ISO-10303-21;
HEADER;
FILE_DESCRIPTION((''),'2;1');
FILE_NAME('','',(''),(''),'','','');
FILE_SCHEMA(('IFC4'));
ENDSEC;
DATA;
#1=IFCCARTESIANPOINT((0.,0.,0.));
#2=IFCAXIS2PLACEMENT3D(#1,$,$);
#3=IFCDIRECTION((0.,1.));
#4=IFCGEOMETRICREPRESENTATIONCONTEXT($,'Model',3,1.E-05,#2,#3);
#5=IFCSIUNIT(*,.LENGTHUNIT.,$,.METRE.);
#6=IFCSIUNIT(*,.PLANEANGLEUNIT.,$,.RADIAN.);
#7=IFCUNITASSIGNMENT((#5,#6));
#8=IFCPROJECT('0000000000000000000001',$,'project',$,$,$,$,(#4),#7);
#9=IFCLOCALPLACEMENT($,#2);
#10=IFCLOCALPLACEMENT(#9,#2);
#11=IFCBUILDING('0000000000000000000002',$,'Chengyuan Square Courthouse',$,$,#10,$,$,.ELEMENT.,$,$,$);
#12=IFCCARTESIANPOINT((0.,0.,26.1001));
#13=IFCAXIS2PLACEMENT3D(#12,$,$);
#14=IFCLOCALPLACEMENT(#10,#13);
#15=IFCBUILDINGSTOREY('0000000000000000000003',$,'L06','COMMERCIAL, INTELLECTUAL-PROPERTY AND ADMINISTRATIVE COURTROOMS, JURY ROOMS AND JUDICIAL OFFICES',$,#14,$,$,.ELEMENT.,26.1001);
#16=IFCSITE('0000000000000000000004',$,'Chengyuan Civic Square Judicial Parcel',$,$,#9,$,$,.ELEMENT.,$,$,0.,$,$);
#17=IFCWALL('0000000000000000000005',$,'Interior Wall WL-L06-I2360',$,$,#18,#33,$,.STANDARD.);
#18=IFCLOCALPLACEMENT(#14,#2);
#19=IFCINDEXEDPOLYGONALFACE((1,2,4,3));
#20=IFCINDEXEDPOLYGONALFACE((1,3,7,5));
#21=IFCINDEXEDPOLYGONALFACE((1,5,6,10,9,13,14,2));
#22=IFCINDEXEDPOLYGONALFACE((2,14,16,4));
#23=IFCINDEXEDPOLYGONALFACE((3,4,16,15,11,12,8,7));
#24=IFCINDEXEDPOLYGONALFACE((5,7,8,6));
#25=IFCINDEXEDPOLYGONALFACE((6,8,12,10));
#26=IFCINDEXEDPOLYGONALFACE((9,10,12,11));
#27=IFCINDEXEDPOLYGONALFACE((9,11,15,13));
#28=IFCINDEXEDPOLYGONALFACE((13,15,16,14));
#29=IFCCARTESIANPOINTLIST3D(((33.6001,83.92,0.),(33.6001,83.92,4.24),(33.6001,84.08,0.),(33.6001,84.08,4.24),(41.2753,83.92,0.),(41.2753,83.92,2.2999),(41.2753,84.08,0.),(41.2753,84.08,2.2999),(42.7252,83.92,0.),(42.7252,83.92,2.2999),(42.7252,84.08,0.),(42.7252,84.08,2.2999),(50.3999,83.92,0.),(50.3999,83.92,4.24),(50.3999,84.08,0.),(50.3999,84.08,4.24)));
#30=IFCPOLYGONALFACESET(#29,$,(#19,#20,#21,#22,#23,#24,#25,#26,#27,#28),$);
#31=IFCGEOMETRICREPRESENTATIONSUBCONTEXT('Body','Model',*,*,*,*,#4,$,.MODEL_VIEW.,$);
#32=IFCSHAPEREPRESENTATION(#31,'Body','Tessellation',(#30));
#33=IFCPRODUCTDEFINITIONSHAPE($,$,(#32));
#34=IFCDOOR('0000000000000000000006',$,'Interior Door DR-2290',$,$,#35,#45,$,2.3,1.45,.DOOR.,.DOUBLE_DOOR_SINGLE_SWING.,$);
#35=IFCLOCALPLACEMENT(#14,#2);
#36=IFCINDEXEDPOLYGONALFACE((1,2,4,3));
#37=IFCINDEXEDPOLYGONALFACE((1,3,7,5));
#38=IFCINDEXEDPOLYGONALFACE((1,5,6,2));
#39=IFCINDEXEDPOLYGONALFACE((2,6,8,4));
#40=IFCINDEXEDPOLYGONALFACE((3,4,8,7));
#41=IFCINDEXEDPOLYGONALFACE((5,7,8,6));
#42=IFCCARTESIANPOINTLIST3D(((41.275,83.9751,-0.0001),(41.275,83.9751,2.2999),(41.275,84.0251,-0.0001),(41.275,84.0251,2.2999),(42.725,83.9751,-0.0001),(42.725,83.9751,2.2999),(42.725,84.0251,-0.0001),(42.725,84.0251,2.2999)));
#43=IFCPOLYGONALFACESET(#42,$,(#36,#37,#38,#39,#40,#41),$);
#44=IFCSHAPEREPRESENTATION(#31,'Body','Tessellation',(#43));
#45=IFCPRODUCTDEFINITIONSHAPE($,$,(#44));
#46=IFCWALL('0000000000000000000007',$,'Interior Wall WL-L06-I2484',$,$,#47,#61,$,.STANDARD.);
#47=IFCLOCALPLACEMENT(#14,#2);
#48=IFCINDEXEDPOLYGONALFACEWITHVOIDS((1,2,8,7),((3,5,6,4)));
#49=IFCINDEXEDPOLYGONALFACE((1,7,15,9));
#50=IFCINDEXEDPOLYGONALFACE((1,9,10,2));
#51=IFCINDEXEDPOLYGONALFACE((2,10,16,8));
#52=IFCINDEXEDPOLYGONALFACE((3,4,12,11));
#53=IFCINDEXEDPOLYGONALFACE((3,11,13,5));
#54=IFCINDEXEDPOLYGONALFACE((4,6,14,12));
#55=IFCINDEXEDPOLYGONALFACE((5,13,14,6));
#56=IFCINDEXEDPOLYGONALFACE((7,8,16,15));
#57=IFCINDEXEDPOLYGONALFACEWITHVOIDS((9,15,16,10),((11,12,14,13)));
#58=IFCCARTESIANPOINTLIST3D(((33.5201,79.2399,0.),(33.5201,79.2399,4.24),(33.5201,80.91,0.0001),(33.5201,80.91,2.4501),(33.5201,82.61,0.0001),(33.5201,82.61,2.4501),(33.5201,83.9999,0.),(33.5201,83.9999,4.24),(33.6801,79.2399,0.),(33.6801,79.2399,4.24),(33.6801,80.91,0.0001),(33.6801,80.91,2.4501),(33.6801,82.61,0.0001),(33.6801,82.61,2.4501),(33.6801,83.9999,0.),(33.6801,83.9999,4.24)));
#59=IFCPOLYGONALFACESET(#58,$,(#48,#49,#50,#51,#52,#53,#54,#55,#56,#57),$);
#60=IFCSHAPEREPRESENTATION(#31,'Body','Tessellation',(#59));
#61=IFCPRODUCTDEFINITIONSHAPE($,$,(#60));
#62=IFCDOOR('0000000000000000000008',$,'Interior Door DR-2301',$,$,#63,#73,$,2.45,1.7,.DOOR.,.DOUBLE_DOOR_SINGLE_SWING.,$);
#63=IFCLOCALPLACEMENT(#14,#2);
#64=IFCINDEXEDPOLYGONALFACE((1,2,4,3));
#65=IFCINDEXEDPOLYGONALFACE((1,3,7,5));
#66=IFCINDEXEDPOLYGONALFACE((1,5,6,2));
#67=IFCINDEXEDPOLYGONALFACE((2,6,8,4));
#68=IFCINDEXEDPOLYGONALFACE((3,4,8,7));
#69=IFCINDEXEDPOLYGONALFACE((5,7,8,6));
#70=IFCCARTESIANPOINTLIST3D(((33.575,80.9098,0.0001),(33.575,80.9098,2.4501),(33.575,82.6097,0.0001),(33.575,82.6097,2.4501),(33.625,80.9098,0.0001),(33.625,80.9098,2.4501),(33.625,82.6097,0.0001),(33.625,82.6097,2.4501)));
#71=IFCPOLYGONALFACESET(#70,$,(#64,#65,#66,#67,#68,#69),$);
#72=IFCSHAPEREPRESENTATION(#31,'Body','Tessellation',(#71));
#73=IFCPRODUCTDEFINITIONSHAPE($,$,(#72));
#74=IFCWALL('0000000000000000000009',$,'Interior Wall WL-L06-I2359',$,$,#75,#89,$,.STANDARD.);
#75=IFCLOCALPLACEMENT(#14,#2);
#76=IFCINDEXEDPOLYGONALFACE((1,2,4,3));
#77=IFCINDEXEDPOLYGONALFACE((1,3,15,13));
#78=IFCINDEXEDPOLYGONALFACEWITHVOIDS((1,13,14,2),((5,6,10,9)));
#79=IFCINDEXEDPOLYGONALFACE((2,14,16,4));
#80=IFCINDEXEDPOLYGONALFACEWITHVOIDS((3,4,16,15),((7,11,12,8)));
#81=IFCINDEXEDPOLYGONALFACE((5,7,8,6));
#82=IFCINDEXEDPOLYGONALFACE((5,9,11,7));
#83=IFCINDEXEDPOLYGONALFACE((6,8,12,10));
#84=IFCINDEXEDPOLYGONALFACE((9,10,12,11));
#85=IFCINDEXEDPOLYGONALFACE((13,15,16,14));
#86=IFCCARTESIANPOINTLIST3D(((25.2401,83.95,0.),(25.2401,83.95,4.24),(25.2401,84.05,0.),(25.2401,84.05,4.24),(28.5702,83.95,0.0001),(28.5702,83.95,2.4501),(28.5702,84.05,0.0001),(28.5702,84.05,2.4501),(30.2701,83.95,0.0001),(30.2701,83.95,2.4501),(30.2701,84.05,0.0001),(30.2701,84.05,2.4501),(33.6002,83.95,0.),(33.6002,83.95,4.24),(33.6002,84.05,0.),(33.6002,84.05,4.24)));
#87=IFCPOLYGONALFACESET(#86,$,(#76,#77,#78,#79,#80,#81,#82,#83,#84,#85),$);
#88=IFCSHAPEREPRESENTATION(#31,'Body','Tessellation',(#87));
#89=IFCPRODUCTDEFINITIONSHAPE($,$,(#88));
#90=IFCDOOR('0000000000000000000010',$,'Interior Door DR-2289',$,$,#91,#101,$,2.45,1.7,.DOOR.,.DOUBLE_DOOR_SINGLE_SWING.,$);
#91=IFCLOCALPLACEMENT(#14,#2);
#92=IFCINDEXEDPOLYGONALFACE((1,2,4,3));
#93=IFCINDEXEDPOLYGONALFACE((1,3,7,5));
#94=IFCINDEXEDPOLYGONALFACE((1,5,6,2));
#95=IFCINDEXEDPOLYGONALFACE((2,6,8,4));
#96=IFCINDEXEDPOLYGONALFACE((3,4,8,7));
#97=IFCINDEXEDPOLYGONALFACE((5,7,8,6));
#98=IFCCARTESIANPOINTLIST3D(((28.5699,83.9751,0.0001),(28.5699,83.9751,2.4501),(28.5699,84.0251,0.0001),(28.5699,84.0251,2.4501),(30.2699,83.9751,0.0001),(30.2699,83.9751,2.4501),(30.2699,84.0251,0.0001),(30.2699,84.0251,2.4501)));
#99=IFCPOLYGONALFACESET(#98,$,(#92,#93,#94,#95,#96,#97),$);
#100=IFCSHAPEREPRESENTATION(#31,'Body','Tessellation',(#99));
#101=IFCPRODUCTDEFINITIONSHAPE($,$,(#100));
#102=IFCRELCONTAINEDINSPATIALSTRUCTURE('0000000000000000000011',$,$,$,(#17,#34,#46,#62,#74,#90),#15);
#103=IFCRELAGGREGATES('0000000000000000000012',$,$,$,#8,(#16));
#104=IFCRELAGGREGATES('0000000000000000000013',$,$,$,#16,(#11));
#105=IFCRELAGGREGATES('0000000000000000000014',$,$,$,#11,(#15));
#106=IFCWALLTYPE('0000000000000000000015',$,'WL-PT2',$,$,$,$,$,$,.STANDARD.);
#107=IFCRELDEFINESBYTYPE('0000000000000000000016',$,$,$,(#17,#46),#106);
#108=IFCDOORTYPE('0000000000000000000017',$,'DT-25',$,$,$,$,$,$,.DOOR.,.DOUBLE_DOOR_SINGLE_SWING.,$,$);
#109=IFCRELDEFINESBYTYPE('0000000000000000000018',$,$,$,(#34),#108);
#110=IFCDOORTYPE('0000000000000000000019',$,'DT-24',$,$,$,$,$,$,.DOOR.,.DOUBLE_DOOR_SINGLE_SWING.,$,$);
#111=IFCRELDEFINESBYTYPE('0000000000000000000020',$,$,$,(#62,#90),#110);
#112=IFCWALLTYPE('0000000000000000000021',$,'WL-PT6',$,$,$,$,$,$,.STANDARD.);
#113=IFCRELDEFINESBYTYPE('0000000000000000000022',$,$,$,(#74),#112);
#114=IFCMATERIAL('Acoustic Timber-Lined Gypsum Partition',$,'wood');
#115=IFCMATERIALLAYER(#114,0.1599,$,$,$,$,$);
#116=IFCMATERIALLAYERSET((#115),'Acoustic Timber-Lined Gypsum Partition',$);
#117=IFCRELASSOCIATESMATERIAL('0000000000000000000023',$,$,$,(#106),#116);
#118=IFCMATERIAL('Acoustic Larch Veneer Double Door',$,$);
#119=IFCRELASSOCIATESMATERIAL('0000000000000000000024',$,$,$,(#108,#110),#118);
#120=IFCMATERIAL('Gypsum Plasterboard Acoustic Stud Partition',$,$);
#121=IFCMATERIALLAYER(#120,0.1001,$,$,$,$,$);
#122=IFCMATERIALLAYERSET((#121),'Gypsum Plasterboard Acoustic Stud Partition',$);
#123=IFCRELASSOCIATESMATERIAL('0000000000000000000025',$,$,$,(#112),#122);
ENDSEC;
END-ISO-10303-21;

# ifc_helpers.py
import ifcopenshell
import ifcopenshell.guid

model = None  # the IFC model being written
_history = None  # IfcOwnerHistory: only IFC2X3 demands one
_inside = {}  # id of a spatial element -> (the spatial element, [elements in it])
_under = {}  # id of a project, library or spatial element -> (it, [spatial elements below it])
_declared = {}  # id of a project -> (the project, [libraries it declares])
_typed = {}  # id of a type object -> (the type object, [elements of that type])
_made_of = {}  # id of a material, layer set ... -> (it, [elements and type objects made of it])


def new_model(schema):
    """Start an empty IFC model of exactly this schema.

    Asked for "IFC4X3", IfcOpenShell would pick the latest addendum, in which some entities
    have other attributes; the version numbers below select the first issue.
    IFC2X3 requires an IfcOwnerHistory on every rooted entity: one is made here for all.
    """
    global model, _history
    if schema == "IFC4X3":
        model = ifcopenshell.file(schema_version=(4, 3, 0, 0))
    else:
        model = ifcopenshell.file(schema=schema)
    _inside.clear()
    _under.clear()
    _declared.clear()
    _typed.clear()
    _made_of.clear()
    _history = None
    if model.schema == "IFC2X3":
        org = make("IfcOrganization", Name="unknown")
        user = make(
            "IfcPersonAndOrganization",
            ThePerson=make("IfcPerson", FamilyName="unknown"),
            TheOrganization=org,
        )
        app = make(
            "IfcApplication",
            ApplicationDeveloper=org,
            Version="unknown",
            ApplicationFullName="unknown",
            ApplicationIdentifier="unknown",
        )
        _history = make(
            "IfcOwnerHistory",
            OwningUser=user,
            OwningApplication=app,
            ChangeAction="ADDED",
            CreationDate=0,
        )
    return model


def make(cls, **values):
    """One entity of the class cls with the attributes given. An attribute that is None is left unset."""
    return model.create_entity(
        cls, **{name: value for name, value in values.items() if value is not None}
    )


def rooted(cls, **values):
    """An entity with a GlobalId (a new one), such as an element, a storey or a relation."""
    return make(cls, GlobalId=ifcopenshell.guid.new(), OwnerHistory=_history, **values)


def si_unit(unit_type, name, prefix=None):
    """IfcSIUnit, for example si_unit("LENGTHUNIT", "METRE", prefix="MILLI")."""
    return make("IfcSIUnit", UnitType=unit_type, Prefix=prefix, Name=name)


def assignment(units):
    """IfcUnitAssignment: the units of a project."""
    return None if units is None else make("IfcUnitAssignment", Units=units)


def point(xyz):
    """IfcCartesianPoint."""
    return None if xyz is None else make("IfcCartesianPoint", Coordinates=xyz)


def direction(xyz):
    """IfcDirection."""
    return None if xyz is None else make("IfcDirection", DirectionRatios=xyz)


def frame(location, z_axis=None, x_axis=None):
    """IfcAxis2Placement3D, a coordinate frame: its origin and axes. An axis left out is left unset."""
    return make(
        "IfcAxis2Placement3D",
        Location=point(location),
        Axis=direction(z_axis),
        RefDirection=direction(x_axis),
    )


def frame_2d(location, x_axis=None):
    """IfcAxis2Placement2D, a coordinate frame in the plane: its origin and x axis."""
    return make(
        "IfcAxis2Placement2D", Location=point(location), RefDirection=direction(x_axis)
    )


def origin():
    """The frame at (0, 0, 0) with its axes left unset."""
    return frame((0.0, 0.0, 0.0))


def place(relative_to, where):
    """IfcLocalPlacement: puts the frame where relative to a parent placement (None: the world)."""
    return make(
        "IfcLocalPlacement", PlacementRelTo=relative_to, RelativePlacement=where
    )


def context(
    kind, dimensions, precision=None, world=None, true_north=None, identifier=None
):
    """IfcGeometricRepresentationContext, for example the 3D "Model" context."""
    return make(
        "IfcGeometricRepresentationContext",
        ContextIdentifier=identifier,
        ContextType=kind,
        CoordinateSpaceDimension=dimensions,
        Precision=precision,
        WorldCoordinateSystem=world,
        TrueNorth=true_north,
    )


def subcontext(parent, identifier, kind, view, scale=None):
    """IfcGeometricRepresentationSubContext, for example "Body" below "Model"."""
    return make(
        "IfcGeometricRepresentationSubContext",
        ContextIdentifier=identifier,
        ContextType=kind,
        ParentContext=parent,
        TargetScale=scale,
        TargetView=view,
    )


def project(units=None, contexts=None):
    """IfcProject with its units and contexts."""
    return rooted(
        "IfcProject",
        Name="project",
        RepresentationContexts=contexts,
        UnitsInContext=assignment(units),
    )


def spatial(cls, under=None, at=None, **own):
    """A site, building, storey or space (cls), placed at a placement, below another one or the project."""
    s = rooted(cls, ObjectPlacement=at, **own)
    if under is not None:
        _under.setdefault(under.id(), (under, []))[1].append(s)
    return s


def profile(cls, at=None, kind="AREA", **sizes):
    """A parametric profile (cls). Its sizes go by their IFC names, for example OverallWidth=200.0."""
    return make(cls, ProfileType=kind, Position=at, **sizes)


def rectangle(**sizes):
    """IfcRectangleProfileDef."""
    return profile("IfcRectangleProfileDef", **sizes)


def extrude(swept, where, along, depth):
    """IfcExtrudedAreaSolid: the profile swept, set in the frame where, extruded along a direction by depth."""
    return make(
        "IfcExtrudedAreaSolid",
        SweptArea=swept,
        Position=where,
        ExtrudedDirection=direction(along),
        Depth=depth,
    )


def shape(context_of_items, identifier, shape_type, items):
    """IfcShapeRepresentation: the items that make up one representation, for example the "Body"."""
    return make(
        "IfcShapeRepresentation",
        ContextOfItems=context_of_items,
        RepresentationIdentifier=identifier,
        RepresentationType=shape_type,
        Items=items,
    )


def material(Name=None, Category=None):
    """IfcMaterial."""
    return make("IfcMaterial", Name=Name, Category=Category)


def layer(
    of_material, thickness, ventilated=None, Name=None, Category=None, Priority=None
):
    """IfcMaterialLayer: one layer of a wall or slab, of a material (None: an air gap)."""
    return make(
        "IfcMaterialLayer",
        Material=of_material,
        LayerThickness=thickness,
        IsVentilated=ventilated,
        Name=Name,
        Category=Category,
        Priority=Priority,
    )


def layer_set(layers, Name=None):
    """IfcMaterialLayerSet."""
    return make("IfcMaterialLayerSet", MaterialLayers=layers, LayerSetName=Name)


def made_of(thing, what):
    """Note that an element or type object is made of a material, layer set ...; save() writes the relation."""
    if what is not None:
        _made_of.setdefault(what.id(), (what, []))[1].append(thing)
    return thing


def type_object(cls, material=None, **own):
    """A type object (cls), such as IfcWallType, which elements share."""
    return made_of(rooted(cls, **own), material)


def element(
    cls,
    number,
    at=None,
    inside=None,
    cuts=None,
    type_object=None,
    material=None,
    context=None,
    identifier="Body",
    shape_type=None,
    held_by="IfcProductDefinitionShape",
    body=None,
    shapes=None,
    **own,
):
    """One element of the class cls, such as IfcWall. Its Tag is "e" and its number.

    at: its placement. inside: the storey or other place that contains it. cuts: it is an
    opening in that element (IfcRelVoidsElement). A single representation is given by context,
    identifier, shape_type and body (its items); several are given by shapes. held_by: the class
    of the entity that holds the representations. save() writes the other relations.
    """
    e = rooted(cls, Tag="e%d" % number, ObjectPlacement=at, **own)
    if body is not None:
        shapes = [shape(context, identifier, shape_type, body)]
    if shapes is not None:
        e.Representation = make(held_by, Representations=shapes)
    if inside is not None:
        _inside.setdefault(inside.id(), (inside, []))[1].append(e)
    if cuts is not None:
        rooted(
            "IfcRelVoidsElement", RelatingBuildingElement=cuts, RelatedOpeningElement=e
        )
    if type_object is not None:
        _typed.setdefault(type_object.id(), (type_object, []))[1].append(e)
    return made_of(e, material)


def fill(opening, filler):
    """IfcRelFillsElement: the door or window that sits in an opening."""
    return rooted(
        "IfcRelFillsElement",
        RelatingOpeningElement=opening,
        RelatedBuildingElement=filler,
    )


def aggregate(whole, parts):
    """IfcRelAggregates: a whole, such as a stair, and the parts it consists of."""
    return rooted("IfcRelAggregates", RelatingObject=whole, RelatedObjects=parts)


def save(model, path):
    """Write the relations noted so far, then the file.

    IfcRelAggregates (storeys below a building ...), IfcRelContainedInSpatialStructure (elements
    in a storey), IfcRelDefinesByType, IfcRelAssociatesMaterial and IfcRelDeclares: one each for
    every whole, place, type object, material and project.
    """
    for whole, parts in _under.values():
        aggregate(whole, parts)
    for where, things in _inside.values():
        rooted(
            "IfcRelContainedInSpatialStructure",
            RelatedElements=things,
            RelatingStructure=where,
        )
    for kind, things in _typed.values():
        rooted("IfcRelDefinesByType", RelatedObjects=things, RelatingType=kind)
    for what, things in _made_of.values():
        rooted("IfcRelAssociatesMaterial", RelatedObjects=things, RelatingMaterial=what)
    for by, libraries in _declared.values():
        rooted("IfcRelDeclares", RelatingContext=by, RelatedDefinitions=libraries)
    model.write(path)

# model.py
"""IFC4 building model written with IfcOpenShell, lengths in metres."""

from ifc_helpers import new_model, si_unit, direction, frame, frame_2d, origin, place, context, subcontext, project, spatial, rectangle, extrude, material, layer, layer_set, type_object, element, fill, save


model = new_model("IFC4")

# Units and contexts
model_context = context("Model", 3, precision=1e-05, world=origin(), true_north=direction((0.0, 1.0)))
body_context = subcontext(model_context, "Body", "Model", "MODEL_VIEW")
ifc_project = project(units=[si_unit("LENGTHUNIT", "METRE"), si_unit("PLANEANGLEUNIT", "RADIAN")], contexts=[model_context])

# Site, building, storey
site_placement = place(None, origin())
site = spatial("IfcSite", under=ifc_project, at=site_placement, Name="Chengyuan Civic Square Judicial Parcel", CompositionType="ELEMENT", RefElevation=0.0)
building_placement = place(site_placement, origin())
building = spatial("IfcBuilding", under=site, at=building_placement, Name="Chengyuan Square Courthouse", CompositionType="ELEMENT")
storey_placement = place(building_placement, frame((0.0, 0.0, 26.1001)))
storey = spatial("IfcBuildingStorey", under=building, at=storey_placement, Name="L06", Description="COMMERCIAL, INTELLECTUAL-PROPERTY AND ADMINISTRATIVE COURTROOMS, JURY ROOMS AND JUDICIAL OFFICES", CompositionType="ELEMENT", Elevation=26.1001)

# Walls, openings, doors
ifc_material_1 = material(Name="Acoustic Timber-Lined Gypsum Partition", Category="wood")
ifc_layer_1 = layer(ifc_material_1, 0.1599)
ifc_layer_set_1 = layer_set([ifc_layer_1], Name="Acoustic Timber-Lined Gypsum Partition")
wall_type_1 = type_object("IfcWallType", Name="WL-PT2", PredefinedType="STANDARD", material=ifc_layer_set_1)
wall_1_placement = place(storey_placement, frame((33.6001, 84.0, 0.0), z_axis=(0.0, 0.0, 1.0), x_axis=(1.0, 0.0, 0.0)))
wall_1 = element("IfcWall", 1, at=wall_1_placement, inside=storey, type_object=wall_type_1, Name="Interior Wall WL-L06-I2360", PredefinedType="STANDARD", context=body_context, shape_type="SweptSolid", body=[
    extrude(rectangle(XDim=16.7998, YDim=0.1599, at=frame_2d((8.3999, 0.0))), origin(), (0.0, 0.0, 1.0), 4.24),
])
opening_1_placement = place(wall_1_placement, frame((7.675, 0.0, 0.0)))
opening_1 = element("IfcOpeningElement", 2, at=opening_1_placement, cuts=wall_1, PredefinedType="OPENING", context=body_context, shape_type="SweptSolid", body=[
    extrude(rectangle(XDim=1.45, YDim=2.3, at=frame_2d((0.7251, 1.1499))), frame((0.0, 0.092, 0.0), z_axis=(0.0, -1.0, 0.0), x_axis=(1.0, 0.0, 0.0)), (0.0, 0.0, 1.0), 0.1838),
])
ifc_material_2 = material(Name="Acoustic Larch Veneer Double Door")
door_type_1 = type_object("IfcDoorType", Name="DT-25", OperationType="DOUBLE_DOOR_SINGLE_SWING", PredefinedType="DOOR", material=ifc_material_2)
door_1_placement = place(opening_1_placement, frame((1.45, 0.0, 0.0), z_axis=(0.0, 0.0, 1.0), x_axis=(-1.0, 0.0, 0.0)))
door_1 = element("IfcDoor", 3, at=door_1_placement, inside=storey, type_object=door_type_1, Name="Interior Door DR-2290", OperationType="DOUBLE_DOOR_SINGLE_SWING", OverallHeight=2.3, OverallWidth=1.45, PredefinedType="DOOR", context=body_context, shape_type="SweptSolid", body=[
    extrude(rectangle(XDim=1.45, YDim=2.3, at=frame_2d((0.7251, 1.1499))), frame((0.0, 0.0249, 0.0), z_axis=(0.0, -1.0, 0.0), x_axis=(1.0, 0.0, 0.0)), (0.0, 0.0, 1.0), 0.05),
])
fill(opening_1, door_1)
wall_2_placement = place(storey_placement, frame((33.6001, 79.24, 0.0), z_axis=(0.0, 0.0, 1.0), x_axis=(0.0, 1.0, 0.0)))
wall_2 = element("IfcWall", 4, at=wall_2_placement, inside=storey, type_object=wall_type_1, Name="Interior Wall WL-L06-I2484", PredefinedType="STANDARD", context=body_context, shape_type="SweptSolid", body=[
    extrude(rectangle(XDim=4.76, YDim=0.1599, at=frame_2d((2.3799, 0.0))), origin(), (0.0, 0.0, 1.0), 4.24),
])
opening_2_placement = place(wall_2_placement, frame((1.6699, 0.0, 0.0)))
opening_2 = element("IfcOpeningElement", 5, at=opening_2_placement, cuts=wall_2, PredefinedType="OPENING", context=body_context, shape_type="SweptSolid", body=[
    extrude(rectangle(XDim=1.7, YDim=2.45, at=frame_2d((0.8501, 1.2251))), frame((0.0, 0.092, 0.0), z_axis=(0.0, -1.0, 0.0), x_axis=(1.0, 0.0, 0.0)), (0.0, 0.0, 1.0), 0.1838),
])
door_type_2 = type_object("IfcDoorType", Name="DT-24", OperationType="DOUBLE_DOOR_SINGLE_SWING", PredefinedType="DOOR", material=ifc_material_2)
door_2_placement = place(opening_2_placement, frame((1.7, 0.0, 0.0), z_axis=(0.0, 0.0, 1.0), x_axis=(-1.0, 0.0, 0.0)))
door_2 = element("IfcDoor", 6, at=door_2_placement, inside=storey, type_object=door_type_2, Name="Interior Door DR-2301", OperationType="DOUBLE_DOOR_SINGLE_SWING", OverallHeight=2.45, OverallWidth=1.7, PredefinedType="DOOR", context=body_context, shape_type="SweptSolid", body=[
    extrude(rectangle(XDim=1.7, YDim=2.45, at=frame_2d((0.8501, 1.2251))), frame((0.0, 0.0249, 0.0), z_axis=(0.0, -1.0, 0.0), x_axis=(1.0, 0.0, 0.0)), (0.0, 0.0, 1.0), 0.05),
])
fill(opening_2, door_2)
ifc_material_3 = material(Name="Gypsum Plasterboard Acoustic Stud Partition")
ifc_layer_2 = layer(ifc_material_3, 0.1001)
ifc_layer_set_2 = layer_set([ifc_layer_2], Name="Gypsum Plasterboard Acoustic Stud Partition")
wall_type_2 = type_object("IfcWallType", Name="WL-PT6", PredefinedType="STANDARD", material=ifc_layer_set_2)
wall_3_placement = place(storey_placement, frame((25.24, 84.0, 0.0), z_axis=(0.0, 0.0, 1.0), x_axis=(1.0, 0.0, 0.0)))
wall_3 = element("IfcWall", 7, at=wall_3_placement, inside=storey, type_object=wall_type_2, Name="Interior Wall WL-L06-I2359", PredefinedType="STANDARD", context=body_context, shape_type="SweptSolid", body=[
    extrude(rectangle(XDim=8.3601, YDim=0.1001, at=frame_2d((4.1802, 0.0))), origin(), (0.0, 0.0, 1.0), 4.24),
])
opening_3_placement = place(wall_3_placement, frame((3.3301, 0.0, 0.0)))
opening_3 = element("IfcOpeningElement", 8, at=opening_3_placement, cuts=wall_3, PredefinedType="OPENING", context=body_context, shape_type="SweptSolid", body=[
    extrude(rectangle(XDim=1.7, YDim=2.45, at=frame_2d((0.8501, 1.2251))), frame((0.0, 0.062, 0.0), z_axis=(0.0, -1.0, 0.0), x_axis=(1.0, 0.0, 0.0)), (0.0, 0.0, 1.0), 0.124),
])
door_3_placement = place(opening_3_placement, frame((1.7, 0.0, 0.0), z_axis=(0.0, 0.0, 1.0), x_axis=(-1.0, 0.0, 0.0)))
door_3 = element("IfcDoor", 9, at=door_3_placement, inside=storey, type_object=door_type_2, Name="Interior Door DR-2289", OperationType="DOUBLE_DOOR_SINGLE_SWING", OverallHeight=2.45, OverallWidth=1.7, PredefinedType="DOOR", context=body_context, shape_type="SweptSolid", body=[
    extrude(rectangle(XDim=1.7, YDim=2.45, at=frame_2d((0.8501, 1.2251))), frame((0.0, 0.0249, 0.0), z_axis=(0.0, -1.0, 0.0), x_axis=(1.0, 0.0, 0.0)), (0.0, 0.0, 1.0), 0.05),
])
fill(opening_3, door_3)

save(model, "model.ifc")
